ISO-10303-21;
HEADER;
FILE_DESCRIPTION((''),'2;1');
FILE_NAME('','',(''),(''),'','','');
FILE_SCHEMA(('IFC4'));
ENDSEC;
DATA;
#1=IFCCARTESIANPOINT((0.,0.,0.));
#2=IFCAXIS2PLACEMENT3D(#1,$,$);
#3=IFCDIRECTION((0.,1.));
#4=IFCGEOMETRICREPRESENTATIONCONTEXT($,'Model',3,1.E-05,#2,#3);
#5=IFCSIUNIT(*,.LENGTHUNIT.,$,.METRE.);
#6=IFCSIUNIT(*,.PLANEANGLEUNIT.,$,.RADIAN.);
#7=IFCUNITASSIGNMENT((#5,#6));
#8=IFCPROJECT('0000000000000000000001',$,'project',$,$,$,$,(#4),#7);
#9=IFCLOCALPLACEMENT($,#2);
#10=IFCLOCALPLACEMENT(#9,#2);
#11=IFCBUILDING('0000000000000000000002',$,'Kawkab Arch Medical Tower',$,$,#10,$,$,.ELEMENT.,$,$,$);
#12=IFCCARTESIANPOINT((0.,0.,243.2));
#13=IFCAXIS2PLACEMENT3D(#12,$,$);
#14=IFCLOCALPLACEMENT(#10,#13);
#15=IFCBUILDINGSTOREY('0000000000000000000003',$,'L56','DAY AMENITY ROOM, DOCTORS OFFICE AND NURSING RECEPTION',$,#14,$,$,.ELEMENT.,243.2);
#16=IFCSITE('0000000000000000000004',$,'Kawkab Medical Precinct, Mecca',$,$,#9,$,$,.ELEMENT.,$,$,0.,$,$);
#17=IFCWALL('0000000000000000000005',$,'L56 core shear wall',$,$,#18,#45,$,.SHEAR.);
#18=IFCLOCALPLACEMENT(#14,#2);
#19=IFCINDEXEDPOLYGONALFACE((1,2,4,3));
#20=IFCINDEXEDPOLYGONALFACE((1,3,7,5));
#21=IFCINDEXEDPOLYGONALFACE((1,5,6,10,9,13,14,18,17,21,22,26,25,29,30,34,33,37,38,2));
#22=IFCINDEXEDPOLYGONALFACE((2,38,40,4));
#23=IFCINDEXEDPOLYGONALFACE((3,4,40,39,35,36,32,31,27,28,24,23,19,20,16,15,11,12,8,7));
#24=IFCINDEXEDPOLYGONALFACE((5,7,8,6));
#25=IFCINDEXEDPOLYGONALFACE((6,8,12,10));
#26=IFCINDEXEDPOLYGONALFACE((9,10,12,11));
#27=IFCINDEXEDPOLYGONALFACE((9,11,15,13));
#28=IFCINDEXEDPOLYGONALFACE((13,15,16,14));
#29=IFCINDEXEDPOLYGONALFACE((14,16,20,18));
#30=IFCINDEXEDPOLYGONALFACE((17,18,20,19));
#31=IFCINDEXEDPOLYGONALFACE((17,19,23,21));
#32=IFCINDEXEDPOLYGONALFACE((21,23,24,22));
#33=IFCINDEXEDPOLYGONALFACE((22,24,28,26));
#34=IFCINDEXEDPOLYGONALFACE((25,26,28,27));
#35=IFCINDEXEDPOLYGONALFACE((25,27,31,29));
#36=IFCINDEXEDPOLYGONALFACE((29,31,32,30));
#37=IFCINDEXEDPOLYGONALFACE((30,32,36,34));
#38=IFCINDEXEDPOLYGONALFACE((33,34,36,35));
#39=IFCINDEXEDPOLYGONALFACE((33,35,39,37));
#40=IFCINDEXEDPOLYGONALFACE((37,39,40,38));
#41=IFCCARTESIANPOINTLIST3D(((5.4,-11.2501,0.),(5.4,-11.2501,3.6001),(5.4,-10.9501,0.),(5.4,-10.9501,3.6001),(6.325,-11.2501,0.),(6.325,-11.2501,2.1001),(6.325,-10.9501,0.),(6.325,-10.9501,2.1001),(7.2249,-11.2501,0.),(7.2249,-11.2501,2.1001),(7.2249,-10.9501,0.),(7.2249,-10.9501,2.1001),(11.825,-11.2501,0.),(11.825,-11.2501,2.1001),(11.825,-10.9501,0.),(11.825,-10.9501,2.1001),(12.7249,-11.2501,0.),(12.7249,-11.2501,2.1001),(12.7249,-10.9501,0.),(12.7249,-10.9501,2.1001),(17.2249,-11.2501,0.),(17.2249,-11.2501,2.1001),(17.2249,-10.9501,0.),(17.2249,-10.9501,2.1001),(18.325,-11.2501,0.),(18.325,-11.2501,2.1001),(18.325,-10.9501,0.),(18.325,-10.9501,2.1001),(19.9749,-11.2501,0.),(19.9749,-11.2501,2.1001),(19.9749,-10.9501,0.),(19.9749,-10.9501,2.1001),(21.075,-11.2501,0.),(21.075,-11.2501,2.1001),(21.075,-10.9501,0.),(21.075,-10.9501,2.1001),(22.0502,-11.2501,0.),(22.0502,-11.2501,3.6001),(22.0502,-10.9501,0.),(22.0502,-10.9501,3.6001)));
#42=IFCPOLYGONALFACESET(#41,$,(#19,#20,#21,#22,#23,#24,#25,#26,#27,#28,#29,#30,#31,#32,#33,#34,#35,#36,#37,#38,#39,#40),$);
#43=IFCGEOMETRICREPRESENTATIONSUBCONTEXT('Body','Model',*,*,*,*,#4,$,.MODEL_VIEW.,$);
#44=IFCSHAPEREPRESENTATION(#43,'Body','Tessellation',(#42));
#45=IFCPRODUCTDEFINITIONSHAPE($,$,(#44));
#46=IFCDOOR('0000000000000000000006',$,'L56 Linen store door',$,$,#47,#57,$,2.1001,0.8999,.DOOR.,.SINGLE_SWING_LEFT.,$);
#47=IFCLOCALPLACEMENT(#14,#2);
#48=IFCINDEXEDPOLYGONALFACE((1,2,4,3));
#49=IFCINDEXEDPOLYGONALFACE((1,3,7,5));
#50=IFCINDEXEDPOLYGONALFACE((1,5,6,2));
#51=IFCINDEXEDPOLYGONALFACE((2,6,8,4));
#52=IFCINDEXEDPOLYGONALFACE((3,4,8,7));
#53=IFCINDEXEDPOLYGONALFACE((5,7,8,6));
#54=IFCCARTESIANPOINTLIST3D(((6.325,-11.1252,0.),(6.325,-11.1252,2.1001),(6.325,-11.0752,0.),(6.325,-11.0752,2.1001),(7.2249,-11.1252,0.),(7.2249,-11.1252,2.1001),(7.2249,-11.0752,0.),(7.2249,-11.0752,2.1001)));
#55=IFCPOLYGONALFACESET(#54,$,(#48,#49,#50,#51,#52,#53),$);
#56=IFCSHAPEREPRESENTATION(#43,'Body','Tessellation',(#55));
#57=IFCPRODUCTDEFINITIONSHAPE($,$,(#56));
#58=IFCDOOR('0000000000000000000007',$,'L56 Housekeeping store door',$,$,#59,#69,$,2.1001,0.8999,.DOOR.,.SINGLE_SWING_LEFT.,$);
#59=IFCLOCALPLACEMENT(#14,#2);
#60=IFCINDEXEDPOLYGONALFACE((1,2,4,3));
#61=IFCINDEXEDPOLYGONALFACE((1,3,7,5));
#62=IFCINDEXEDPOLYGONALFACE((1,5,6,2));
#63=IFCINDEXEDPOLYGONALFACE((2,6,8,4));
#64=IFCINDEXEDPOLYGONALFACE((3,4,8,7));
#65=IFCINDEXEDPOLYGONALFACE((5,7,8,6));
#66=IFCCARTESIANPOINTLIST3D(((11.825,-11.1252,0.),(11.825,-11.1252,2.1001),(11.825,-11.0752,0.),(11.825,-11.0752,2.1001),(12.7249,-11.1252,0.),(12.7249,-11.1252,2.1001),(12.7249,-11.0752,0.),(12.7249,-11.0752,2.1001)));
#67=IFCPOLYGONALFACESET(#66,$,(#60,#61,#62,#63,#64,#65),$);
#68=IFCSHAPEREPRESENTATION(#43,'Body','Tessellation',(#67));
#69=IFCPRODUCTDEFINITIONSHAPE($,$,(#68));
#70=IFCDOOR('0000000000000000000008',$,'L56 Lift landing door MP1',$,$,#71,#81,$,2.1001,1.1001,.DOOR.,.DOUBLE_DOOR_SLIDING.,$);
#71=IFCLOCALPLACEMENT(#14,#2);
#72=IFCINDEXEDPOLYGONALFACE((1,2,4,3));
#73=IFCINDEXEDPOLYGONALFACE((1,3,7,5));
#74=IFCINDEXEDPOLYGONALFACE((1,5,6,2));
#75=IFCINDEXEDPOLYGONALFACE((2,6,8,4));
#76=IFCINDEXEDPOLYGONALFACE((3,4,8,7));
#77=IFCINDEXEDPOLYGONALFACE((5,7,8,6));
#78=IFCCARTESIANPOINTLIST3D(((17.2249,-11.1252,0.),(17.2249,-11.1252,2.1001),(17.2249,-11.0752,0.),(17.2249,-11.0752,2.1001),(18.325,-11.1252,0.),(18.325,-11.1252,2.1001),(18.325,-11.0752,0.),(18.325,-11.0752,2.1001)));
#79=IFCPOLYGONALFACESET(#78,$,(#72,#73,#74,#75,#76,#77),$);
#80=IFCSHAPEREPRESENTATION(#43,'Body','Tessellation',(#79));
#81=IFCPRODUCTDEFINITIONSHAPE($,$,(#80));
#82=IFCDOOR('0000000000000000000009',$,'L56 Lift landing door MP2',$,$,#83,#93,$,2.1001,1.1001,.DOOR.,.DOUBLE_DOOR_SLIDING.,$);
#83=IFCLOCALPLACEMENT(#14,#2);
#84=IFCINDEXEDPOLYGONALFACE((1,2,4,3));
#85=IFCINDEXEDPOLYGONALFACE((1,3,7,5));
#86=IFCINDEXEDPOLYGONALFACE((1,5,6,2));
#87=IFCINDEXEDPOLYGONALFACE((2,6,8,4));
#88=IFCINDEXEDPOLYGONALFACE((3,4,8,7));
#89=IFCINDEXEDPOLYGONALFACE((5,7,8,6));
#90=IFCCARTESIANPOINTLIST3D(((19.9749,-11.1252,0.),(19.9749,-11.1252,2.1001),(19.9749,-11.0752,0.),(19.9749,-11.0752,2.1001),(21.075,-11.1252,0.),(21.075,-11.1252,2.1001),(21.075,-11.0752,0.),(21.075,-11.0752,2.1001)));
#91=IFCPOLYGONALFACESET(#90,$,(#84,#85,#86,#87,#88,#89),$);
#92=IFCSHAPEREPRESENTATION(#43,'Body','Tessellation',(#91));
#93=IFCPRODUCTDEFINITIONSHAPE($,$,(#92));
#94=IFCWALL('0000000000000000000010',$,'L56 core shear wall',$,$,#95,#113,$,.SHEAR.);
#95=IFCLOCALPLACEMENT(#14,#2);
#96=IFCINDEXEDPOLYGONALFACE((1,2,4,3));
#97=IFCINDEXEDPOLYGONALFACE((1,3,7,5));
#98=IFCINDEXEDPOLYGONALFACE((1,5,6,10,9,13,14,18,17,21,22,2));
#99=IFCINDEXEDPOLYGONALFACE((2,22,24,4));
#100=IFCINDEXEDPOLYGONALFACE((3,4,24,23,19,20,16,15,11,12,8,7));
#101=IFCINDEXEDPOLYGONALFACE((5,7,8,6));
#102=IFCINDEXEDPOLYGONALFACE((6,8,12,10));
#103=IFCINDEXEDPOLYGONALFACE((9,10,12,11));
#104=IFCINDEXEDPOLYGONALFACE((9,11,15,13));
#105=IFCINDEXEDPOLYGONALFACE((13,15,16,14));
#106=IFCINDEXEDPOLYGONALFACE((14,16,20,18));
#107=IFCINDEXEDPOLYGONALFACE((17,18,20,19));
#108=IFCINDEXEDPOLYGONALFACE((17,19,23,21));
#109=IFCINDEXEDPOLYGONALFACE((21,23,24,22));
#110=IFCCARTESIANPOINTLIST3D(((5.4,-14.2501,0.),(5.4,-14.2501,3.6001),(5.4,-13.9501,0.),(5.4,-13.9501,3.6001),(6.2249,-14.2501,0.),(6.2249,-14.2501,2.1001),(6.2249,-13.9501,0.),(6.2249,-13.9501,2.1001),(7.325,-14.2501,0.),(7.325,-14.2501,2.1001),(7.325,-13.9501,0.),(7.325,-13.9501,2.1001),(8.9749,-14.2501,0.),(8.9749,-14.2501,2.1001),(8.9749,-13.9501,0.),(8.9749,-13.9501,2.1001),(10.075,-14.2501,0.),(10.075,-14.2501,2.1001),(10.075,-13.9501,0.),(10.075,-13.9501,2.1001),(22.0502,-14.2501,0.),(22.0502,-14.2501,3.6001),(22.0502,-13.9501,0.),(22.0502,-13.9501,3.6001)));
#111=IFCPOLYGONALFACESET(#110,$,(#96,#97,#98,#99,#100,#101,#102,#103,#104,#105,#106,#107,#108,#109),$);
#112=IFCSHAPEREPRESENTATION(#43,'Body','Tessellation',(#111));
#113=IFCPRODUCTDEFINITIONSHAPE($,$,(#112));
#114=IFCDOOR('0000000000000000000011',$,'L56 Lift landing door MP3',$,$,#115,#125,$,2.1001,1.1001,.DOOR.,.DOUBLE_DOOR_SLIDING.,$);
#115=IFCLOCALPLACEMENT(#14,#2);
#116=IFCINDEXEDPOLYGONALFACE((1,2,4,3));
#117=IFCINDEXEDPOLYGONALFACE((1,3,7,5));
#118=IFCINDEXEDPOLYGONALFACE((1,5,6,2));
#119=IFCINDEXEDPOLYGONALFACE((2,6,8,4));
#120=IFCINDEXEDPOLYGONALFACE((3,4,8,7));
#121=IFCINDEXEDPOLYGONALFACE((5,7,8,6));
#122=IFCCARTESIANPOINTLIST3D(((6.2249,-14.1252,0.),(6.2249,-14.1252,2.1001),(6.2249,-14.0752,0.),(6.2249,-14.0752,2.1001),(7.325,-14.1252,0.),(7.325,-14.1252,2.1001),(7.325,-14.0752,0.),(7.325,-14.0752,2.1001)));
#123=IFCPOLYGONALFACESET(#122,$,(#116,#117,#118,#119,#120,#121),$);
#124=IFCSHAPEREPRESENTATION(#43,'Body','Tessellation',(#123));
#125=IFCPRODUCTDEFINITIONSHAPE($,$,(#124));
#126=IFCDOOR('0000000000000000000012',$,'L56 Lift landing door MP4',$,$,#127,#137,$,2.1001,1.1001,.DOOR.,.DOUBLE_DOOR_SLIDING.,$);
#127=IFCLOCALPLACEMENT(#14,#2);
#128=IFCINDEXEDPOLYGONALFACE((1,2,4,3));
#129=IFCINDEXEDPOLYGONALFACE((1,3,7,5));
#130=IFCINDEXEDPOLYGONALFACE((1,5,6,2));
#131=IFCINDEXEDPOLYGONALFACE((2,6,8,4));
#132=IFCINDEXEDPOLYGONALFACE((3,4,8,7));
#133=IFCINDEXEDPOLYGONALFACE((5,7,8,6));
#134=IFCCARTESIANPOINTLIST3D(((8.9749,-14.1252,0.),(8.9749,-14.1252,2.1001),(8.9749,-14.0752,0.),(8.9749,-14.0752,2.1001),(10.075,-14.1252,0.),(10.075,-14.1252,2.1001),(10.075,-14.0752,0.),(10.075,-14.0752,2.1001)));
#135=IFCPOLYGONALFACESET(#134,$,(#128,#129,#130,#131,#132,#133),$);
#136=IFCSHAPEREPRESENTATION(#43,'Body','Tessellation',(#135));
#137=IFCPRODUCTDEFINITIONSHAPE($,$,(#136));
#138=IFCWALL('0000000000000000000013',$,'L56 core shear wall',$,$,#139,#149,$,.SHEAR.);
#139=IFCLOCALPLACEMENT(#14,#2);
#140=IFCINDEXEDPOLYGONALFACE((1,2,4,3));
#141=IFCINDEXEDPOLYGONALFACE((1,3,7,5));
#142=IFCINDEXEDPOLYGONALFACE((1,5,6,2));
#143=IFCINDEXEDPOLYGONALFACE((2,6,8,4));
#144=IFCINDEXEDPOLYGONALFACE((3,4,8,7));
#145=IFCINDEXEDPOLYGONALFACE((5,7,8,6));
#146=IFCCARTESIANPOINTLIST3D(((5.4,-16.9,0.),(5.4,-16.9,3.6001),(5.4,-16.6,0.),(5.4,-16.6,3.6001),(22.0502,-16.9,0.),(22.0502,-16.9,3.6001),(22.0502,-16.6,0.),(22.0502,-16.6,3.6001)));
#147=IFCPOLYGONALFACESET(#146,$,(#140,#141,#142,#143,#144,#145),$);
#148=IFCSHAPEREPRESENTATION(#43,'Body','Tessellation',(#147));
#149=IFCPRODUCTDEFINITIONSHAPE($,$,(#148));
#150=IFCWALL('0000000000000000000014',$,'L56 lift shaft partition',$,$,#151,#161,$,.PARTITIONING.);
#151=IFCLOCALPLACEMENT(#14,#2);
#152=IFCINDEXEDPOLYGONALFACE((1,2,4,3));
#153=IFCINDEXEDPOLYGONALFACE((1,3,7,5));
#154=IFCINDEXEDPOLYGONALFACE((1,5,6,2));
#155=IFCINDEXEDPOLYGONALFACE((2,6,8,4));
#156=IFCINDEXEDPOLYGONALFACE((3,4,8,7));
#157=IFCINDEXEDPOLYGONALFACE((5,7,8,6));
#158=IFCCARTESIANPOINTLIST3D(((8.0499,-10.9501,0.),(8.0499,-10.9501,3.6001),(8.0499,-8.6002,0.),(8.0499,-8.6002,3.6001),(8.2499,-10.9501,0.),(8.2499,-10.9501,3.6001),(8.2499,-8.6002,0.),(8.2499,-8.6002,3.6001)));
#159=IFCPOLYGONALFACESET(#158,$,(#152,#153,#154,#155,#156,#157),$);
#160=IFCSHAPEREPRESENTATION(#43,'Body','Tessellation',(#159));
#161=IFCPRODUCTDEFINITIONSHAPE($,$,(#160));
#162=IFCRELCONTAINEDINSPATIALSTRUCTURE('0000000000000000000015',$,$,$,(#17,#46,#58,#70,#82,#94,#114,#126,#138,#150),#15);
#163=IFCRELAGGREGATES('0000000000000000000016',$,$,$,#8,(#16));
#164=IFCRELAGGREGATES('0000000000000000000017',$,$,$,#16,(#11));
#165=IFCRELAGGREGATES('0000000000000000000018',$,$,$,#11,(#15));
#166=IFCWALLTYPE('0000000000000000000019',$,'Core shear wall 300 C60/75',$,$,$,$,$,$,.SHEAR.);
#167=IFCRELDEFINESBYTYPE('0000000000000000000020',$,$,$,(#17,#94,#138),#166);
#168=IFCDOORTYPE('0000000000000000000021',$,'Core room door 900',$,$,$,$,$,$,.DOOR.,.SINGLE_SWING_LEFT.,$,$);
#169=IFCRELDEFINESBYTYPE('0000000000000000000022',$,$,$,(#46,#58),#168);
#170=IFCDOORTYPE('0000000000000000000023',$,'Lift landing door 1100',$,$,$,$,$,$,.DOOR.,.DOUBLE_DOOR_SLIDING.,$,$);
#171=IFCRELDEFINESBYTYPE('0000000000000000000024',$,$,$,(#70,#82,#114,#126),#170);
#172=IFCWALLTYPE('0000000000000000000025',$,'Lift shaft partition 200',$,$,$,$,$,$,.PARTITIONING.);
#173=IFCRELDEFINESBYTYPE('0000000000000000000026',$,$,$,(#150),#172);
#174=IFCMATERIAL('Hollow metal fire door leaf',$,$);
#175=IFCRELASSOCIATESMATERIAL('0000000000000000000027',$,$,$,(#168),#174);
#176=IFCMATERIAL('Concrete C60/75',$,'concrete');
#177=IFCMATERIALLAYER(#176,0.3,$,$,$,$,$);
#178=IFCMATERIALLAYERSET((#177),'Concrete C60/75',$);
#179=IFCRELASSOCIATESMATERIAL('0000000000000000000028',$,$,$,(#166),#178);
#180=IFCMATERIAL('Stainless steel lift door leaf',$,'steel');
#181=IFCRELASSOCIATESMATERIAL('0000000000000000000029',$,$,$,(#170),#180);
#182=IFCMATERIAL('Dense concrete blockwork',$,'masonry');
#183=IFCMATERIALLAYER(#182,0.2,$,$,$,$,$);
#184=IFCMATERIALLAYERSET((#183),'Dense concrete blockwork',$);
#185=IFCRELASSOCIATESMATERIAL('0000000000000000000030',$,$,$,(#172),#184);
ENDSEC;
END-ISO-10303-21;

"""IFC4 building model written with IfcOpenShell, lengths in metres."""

from ifc_helpers import new_model, si_unit, direction, frame, frame_2d, origin, place, context, subcontext, project, spatial, rectangle, extrude, material, layer, layer_set, type_object, element, fill, save


model = new_model("IFC4")

# Units and contexts
model_context = context("Model", 3, precision=1e-05, world=origin(), true_north=direction((0.0, 1.0)))
body_context = subcontext(model_context, "Body", "Model", "MODEL_VIEW")
ifc_project = project(units=[si_unit("LENGTHUNIT", "METRE"), si_unit("PLANEANGLEUNIT", "RADIAN")], contexts=[model_context])

# Site, building, storey
site_placement = place(None, origin())
site = spatial("IfcSite", under=ifc_project, at=site_placement, Name="Kawkab Medical Precinct, Mecca", CompositionType="ELEMENT", RefElevation=0.0)
building_placement = place(site_placement, origin())
building = spatial("IfcBuilding", under=site, at=building_placement, Name="Kawkab Arch Medical Tower", CompositionType="ELEMENT")
storey_placement = place(building_placement, frame((0.0, 0.0, 243.2)))
storey = spatial("IfcBuildingStorey", under=building, at=storey_placement, Name="L56", Description="DAY AMENITY ROOM, DOCTORS OFFICE AND NURSING RECEPTION", CompositionType="ELEMENT", Elevation=243.2)

# Shared definitions
ifc_material_1 = material(Name="Hollow metal fire door leaf")
door_type_1 = type_object("IfcDoorType", Name="Core room door 900", OperationType="SINGLE_SWING_LEFT", PredefinedType="DOOR", material=ifc_material_1)

# Shared definitions
ifc_material_2 = material(Name="Concrete C60/75", Category="concrete")
ifc_layer_1 = layer(ifc_material_2, 0.3)
ifc_layer_set_1 = layer_set([ifc_layer_1], Name="Concrete C60/75")
wall_type_1 = type_object("IfcWallType", Name="Core shear wall 300 C60/75", PredefinedType="SHEAR", material=ifc_layer_set_1)

# Walls, openings, doors
wall_1_placement = place(storey_placement, frame((5.3999, -11.1001, 0.0), z_axis=(0.0, 0.0, 1.0), x_axis=(1.0, 0.0, 0.0)))
wall_1 = element("IfcWall", 1, at=wall_1_placement, inside=storey, type_object=wall_type_1, Name="L56 core shear wall", PredefinedType="SHEAR", context=body_context, shape_type="SweptSolid", body=[
    extrude(rectangle(XDim=16.6501, YDim=0.3, at=frame_2d((8.3252, 0.0))), origin(), (0.0, 0.0, 1.0), 3.6001),
])
opening_1_placement = place(wall_1_placement, frame((11.825, 0.0, 0.0)))
opening_1 = element("IfcOpeningElement", 2, at=opening_1_placement, cuts=wall_1, PredefinedType="OPENING", context=body_context, shape_type="SweptSolid", body=[
    extrude(rectangle(XDim=1.1001, YDim=2.1001, at=frame_2d((0.55, 1.05))), frame((0.0, 0.1599, 0.0), z_axis=(0.0, -1.0, 0.0), x_axis=(1.0, 0.0, 0.0)), (0.0, 0.0, 1.0), 0.3201),
])
opening_2_placement = place(wall_1_placement, frame((14.575, 0.0, 0.0)))
opening_2 = element("IfcOpeningElement", 3, at=opening_2_placement, cuts=wall_1, PredefinedType="OPENING", context=body_context, shape_type="SweptSolid", body=[
    extrude(rectangle(XDim=1.1001, YDim=2.1001, at=frame_2d((0.55, 1.05))), frame((0.0, 0.1599, 0.0), z_axis=(0.0, -1.0, 0.0), x_axis=(1.0, 0.0, 0.0)), (0.0, 0.0, 1.0), 0.3201),
])
opening_3_placement = place(wall_1_placement, frame((0.925, 0.0, 0.0)))
opening_3 = element("IfcOpeningElement", 4, at=opening_3_placement, cuts=wall_1, PredefinedType="OPENING", context=body_context, shape_type="SweptSolid", body=[
    extrude(rectangle(XDim=0.8999, YDim=2.1001, at=frame_2d((0.45, 1.05))), frame((0.0, 0.1599, 0.0), z_axis=(0.0, -1.0, 0.0), x_axis=(1.0, 0.0, 0.0)), (0.0, 0.0, 1.0), 0.3201),
])
opening_4_placement = place(wall_1_placement, frame((6.425, 0.0, 0.0)))
opening_4 = element("IfcOpeningElement", 5, at=opening_4_placement, cuts=wall_1, PredefinedType="OPENING", context=body_context, shape_type="SweptSolid", body=[
    extrude(rectangle(XDim=0.8999, YDim=2.1001, at=frame_2d((0.45, 1.05))), frame((0.0, 0.1599, 0.0), z_axis=(0.0, -1.0, 0.0), x_axis=(1.0, 0.0, 0.0)), (0.0, 0.0, 1.0), 0.3201),
])
door_1_placement = place(opening_3_placement, origin())
door_1 = element("IfcDoor", 6, at=door_1_placement, inside=storey, type_object=door_type_1, Name="L56 Linen store door", OperationType="SINGLE_SWING_LEFT", OverallHeight=2.1001, OverallWidth=0.8999, PredefinedType="DOOR", context=body_context, shape_type="SweptSolid", body=[
    extrude(rectangle(XDim=0.8999, YDim=2.1001, at=frame_2d((0.45, 1.05))), frame((0.0, 0.0249, 0.0), z_axis=(0.0, -1.0, 0.0), x_axis=(1.0, 0.0, 0.0)), (0.0, 0.0, 1.0), 0.05),
])
fill(opening_3, door_1)
door_2_placement = place(opening_4_placement, origin())
door_2 = element("IfcDoor", 7, at=door_2_placement, inside=storey, type_object=door_type_1, Name="L56 Housekeeping store door", OperationType="SINGLE_SWING_LEFT", OverallHeight=2.1001, OverallWidth=0.8999, PredefinedType="DOOR", context=body_context, shape_type="SweptSolid", body=[
    extrude(rectangle(XDim=0.8999, YDim=2.1001, at=frame_2d((0.45, 1.05))), frame((0.0, 0.0249, 0.0), z_axis=(0.0, -1.0, 0.0), x_axis=(1.0, 0.0, 0.0)), (0.0, 0.0, 1.0), 0.05),
])
fill(opening_4, door_2)
ifc_material_3 = material(Name="Stainless steel lift door leaf", Category="steel")
door_type_2 = type_object("IfcDoorType", Name="Lift landing door 1100", OperationType="DOUBLE_DOOR_SLIDING", PredefinedType="DOOR", material=ifc_material_3)
door_3_placement = place(opening_1_placement, origin())
door_3 = element("IfcDoor", 8, at=door_3_placement, inside=storey, type_object=door_type_2, Name="L56 Lift landing door MP1", OperationType="DOUBLE_DOOR_SLIDING", OverallHeight=2.1001, OverallWidth=1.1001, PredefinedType="DOOR", context=body_context, shape_type="SweptSolid", body=[
    extrude(rectangle(XDim=1.1001, YDim=2.1001, at=frame_2d((0.55, 1.05))), frame((0.0, 0.0249, 0.0), z_axis=(0.0, -1.0, 0.0), x_axis=(1.0, 0.0, 0.0)), (0.0, 0.0, 1.0), 0.05),
])
fill(opening_1, door_3)
door_4_placement = place(opening_2_placement, origin())
door_4 = element("IfcDoor", 9, at=door_4_placement, inside=storey, type_object=door_type_2, Name="L56 Lift landing door MP2", OperationType="DOUBLE_DOOR_SLIDING", OverallHeight=2.1001, OverallWidth=1.1001, PredefinedType="DOOR", context=body_context, shape_type="SweptSolid", body=[
    extrude(rectangle(XDim=1.1001, YDim=2.1001, at=frame_2d((0.55, 1.05))), frame((0.0, 0.0249, 0.0), z_axis=(0.0, -1.0, 0.0), x_axis=(1.0, 0.0, 0.0)), (0.0, 0.0, 1.0), 0.05),
])
fill(opening_2, door_4)
wall_2_placement = place(storey_placement, frame((5.3999, -14.1001, 0.0), z_axis=(0.0, 0.0, 1.0), x_axis=(1.0, 0.0, 0.0)))
wall_2 = element("IfcWall", 10, at=wall_2_placement, inside=storey, type_object=wall_type_1, Name="L56 core shear wall", PredefinedType="SHEAR", context=body_context, shape_type="SweptSolid", body=[
    extrude(rectangle(XDim=16.6501, YDim=0.3, at=frame_2d((8.3252, 0.0))), origin(), (0.0, 0.0, 1.0), 3.6001),
])
opening_5_placement = place(wall_2_placement, frame((0.825, 0.0, 0.0)))
opening_5 = element("IfcOpeningElement", 11, at=opening_5_placement, cuts=wall_2, PredefinedType="OPENING", context=body_context, shape_type="SweptSolid", body=[
    extrude(rectangle(XDim=1.1001, YDim=2.1001, at=frame_2d((0.55, 1.05))), frame((0.0, 0.1599, 0.0), z_axis=(0.0, -1.0, 0.0), x_axis=(1.0, 0.0, 0.0)), (0.0, 0.0, 1.0), 0.3201),
])
opening_6_placement = place(wall_2_placement, frame((3.575, 0.0, 0.0)))
opening_6 = element("IfcOpeningElement", 12, at=opening_6_placement, cuts=wall_2, PredefinedType="OPENING", context=body_context, shape_type="SweptSolid", body=[
    extrude(rectangle(XDim=1.1001, YDim=2.1001, at=frame_2d((0.55, 1.05))), frame((0.0, 0.1599, 0.0), z_axis=(0.0, -1.0, 0.0), x_axis=(1.0, 0.0, 0.0)), (0.0, 0.0, 1.0), 0.3201),
])
door_5_placement = place(opening_5_placement, origin())
door_5 = element("IfcDoor", 13, at=door_5_placement, inside=storey, type_object=door_type_2, Name="L56 Lift landing door MP3", OperationType="DOUBLE_DOOR_SLIDING", OverallHeight=2.1001, OverallWidth=1.1001, PredefinedType="DOOR", context=body_context, shape_type="SweptSolid", body=[
    extrude(rectangle(XDim=1.1001, YDim=2.1001, at=frame_2d((0.55, 1.05))), frame((0.0, 0.0249, 0.0), z_axis=(0.0, -1.0, 0.0), x_axis=(1.0, 0.0, 0.0)), (0.0, 0.0, 1.0), 0.05),
])
fill(opening_5, door_5)
door_6_placement = place(opening_6_placement, origin())
door_6 = element("IfcDoor", 14, at=door_6_placement, inside=storey, type_object=door_type_2, Name="L56 Lift landing door MP4", OperationType="DOUBLE_DOOR_SLIDING", OverallHeight=2.1001, OverallWidth=1.1001, PredefinedType="DOOR", context=body_context, shape_type="SweptSolid", body=[
    extrude(rectangle(XDim=1.1001, YDim=2.1001, at=frame_2d((0.55, 1.05))), frame((0.0, 0.0249, 0.0), z_axis=(0.0, -1.0, 0.0), x_axis=(1.0, 0.0, 0.0)), (0.0, 0.0, 1.0), 0.05),
])
fill(opening_6, door_6)

# Walls
wall_3_placement = place(storey_placement, frame((5.3999, -16.75, 0.0), z_axis=(0.0, 0.0, 1.0), x_axis=(1.0, 0.0, 0.0)))
element("IfcWall", 15, at=wall_3_placement, inside=storey, type_object=wall_type_1, Name="L56 core shear wall", PredefinedType="SHEAR", context=body_context, shape_type="SweptSolid", body=[
    extrude(rectangle(XDim=16.6501, YDim=0.3, at=frame_2d((8.3252, 0.0))), origin(), (0.0, 0.0, 1.0), 3.6001),
])
ifc_material_4 = material(Name="Dense concrete blockwork", Category="masonry")
ifc_layer_2 = layer(ifc_material_4, 0.2)
ifc_layer_set_2 = layer_set([ifc_layer_2], Name="Dense concrete blockwork")
wall_type_2 = type_object("IfcWallType", Name="Lift shaft partition 200", PredefinedType="PARTITIONING", material=ifc_layer_set_2)
wall_4_placement = place(storey_placement, frame((8.1499, -10.95, 0.0), z_axis=(0.0, 0.0, 1.0), x_axis=(0.0, 1.0, 0.0)))
element("IfcWall", 16, at=wall_4_placement, inside=storey, type_object=wall_type_2, Name="L56 lift shaft partition", PredefinedType="PARTITIONING", context=body_context, shape_type="SweptSolid", body=[
    extrude(rectangle(XDim=2.3499, YDim=0.2, at=frame_2d((1.1748, 0.0))), origin(), (0.0, 0.0, 1.0), 3.6001),
])

save(model, "model.ifc")
